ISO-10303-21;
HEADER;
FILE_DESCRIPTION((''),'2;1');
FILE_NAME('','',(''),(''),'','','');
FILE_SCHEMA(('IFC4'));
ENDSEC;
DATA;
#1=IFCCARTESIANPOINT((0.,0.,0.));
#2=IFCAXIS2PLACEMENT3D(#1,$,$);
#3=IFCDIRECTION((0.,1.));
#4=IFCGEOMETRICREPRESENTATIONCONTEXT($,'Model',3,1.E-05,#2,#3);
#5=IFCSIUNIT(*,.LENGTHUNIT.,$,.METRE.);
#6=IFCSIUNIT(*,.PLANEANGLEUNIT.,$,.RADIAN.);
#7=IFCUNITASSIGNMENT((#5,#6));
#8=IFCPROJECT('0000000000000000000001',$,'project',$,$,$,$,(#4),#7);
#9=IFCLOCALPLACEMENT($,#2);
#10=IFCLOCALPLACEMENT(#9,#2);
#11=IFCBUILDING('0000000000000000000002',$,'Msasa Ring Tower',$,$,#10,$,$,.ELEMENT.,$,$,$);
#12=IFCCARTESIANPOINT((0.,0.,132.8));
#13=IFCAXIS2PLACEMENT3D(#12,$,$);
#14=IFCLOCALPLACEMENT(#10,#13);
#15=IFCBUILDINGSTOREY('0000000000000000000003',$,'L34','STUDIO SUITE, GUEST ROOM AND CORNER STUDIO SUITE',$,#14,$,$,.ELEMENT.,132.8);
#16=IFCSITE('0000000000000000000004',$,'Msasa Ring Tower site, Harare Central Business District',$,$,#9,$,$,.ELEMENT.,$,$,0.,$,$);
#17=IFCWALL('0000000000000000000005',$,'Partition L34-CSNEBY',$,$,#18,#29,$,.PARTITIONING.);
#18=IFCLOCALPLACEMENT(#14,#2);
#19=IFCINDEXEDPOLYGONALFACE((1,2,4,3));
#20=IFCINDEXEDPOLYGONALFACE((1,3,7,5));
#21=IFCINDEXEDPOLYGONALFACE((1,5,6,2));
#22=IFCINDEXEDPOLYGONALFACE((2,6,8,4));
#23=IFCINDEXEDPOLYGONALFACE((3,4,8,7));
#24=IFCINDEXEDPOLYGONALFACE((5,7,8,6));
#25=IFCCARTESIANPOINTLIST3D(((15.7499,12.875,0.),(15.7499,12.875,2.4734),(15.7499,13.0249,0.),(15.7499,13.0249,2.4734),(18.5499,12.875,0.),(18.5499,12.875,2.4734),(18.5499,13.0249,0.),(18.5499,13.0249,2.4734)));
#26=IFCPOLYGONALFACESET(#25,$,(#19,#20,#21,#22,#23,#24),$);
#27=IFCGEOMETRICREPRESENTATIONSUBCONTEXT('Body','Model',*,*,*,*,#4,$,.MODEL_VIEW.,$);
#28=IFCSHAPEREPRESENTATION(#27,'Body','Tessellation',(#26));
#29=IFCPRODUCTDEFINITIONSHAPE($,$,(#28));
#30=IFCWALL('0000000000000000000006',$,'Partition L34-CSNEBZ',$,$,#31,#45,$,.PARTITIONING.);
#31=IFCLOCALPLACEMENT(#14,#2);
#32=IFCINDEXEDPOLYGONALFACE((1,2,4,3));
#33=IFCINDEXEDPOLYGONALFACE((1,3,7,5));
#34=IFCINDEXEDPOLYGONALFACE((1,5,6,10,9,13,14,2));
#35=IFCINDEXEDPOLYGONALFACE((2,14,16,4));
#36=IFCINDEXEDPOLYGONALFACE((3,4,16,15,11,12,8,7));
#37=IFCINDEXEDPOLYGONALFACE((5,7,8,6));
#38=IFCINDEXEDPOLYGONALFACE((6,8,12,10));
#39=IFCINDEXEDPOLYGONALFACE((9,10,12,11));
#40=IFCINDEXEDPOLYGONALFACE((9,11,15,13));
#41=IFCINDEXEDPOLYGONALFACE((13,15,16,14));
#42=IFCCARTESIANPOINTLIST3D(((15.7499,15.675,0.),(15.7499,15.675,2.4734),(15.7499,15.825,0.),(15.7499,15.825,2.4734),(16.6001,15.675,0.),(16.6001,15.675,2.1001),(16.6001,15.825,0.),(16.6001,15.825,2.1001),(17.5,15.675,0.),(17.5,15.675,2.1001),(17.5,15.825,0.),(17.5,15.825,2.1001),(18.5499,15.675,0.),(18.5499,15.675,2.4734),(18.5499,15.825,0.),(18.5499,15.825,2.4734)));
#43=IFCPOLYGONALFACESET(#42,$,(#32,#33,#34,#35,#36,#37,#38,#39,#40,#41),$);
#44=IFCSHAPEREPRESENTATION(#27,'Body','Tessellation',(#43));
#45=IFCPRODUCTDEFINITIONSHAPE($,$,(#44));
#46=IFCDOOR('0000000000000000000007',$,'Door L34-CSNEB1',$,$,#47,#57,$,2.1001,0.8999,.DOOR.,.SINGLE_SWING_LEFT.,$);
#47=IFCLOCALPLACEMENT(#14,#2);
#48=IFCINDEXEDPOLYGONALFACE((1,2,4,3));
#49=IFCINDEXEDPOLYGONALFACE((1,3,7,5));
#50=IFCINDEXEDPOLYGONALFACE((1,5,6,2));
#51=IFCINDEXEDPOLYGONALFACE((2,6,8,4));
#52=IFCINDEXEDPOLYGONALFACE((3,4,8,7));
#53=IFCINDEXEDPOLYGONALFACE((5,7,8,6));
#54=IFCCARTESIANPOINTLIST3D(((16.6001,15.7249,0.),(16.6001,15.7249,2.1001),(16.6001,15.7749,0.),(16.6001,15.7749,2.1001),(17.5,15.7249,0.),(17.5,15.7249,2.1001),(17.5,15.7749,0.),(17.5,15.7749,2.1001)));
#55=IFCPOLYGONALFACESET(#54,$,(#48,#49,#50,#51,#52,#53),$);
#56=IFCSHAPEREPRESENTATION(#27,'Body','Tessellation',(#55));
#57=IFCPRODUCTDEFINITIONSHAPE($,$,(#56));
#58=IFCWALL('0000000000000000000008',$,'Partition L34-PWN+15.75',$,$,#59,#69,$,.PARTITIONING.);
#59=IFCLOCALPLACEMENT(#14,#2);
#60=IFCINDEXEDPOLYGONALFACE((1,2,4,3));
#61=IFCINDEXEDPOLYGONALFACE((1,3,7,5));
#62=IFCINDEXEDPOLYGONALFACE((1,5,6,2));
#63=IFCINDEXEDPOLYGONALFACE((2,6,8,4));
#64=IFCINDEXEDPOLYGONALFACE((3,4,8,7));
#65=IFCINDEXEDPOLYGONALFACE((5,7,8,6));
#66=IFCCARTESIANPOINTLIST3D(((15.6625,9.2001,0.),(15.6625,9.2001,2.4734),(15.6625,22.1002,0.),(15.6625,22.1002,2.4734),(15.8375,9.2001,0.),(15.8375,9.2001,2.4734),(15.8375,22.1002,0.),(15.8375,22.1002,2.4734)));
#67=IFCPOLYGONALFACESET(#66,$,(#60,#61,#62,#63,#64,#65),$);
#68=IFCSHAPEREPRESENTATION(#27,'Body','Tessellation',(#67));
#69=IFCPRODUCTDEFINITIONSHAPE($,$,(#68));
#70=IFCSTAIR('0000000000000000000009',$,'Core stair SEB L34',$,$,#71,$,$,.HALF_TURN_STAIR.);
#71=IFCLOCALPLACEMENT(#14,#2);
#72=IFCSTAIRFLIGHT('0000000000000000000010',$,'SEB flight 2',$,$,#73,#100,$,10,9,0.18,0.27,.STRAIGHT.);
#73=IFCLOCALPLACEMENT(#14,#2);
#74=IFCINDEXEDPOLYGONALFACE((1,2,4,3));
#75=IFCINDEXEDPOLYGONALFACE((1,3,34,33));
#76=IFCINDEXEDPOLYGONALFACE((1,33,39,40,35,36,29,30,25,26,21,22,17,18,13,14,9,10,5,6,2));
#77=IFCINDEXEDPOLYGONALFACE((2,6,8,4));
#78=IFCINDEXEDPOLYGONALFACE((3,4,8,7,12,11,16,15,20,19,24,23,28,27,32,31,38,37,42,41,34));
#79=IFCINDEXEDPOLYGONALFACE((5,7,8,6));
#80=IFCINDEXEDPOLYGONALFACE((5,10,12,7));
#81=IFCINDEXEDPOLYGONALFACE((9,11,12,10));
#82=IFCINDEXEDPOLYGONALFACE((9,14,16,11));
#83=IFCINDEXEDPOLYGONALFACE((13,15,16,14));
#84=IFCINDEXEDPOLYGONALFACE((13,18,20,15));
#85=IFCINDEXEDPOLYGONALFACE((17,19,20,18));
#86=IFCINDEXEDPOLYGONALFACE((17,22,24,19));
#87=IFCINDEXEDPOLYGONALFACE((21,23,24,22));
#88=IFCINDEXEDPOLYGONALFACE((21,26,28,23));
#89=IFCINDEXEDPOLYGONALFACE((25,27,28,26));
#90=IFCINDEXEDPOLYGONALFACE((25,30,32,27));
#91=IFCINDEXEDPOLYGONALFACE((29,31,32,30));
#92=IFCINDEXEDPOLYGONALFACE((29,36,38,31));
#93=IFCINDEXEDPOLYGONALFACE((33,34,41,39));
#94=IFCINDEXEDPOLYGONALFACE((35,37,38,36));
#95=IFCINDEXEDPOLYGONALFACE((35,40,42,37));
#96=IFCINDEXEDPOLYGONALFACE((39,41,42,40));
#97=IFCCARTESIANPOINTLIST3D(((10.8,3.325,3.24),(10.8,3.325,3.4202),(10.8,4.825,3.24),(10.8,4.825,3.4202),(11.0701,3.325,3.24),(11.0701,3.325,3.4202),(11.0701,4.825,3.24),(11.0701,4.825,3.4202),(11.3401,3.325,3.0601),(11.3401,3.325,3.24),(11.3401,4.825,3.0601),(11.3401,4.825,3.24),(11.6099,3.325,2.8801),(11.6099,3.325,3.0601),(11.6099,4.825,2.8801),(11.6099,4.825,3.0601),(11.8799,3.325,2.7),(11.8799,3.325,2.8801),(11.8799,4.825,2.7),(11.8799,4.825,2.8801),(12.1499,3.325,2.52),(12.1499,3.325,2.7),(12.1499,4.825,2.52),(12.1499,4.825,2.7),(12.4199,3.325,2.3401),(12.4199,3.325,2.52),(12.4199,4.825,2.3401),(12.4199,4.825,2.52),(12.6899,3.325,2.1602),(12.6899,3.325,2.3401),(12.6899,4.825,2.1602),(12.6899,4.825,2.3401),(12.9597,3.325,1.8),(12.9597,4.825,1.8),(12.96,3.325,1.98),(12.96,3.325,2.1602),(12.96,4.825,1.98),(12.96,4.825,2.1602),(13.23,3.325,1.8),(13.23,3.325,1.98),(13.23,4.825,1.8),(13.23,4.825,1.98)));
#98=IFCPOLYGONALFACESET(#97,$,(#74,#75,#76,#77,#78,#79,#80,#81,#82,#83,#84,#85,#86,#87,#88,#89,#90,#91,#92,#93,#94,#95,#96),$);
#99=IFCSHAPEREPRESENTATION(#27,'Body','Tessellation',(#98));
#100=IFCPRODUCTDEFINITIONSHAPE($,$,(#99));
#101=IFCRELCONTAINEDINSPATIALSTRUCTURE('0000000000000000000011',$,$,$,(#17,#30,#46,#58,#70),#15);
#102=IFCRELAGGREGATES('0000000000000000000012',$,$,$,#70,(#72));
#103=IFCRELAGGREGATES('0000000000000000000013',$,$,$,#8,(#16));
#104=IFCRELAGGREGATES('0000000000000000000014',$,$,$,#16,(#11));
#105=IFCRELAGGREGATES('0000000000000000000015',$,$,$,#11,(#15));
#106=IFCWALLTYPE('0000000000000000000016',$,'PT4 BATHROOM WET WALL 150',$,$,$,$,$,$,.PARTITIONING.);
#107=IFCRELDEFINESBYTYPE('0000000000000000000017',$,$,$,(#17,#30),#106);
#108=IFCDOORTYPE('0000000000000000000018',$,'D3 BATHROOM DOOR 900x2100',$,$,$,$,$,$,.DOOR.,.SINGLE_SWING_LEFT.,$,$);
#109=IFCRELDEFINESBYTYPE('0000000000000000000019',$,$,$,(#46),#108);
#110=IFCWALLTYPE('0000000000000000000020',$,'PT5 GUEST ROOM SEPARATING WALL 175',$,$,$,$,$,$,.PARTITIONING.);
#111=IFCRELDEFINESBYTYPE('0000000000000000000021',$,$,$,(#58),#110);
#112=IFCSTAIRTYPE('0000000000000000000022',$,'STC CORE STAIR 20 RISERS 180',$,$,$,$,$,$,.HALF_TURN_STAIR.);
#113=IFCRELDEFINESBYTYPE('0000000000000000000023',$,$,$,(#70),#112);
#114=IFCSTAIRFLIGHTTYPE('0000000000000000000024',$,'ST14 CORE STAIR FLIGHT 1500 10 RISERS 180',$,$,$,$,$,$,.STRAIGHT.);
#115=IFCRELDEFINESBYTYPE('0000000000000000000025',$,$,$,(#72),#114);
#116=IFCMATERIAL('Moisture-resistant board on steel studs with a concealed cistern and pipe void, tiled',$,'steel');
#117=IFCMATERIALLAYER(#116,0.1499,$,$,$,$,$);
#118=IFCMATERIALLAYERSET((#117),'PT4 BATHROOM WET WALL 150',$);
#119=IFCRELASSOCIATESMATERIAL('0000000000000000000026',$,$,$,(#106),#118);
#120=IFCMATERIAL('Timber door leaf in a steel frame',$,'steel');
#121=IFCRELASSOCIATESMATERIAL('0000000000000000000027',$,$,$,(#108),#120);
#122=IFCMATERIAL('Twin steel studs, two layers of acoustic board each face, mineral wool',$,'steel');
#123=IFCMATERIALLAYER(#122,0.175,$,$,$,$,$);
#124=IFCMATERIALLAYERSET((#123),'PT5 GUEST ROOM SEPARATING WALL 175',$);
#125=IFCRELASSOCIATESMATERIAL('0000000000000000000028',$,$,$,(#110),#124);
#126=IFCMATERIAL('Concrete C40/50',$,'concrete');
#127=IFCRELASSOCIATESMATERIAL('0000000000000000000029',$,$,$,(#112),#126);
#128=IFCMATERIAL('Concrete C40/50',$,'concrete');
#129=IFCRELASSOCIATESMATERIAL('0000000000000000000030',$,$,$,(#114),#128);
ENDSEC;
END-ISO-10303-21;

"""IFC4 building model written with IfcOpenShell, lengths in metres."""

from ifc_helpers import new_model, si_unit, direction, frame, frame_2d, origin, place, context, subcontext, project, spatial, polyline, rectangle, outline, extrude, material, layer, layer_set, type_object, element, fill, aggregate, save


model = new_model("IFC4")

# Units and contexts
model_context = context("Model", 3, precision=1e-05, world=origin(), true_north=direction((0.0, 1.0)))
body_context = subcontext(model_context, "Body", "Model", "MODEL_VIEW")
ifc_project = project(units=[si_unit("LENGTHUNIT", "METRE"), si_unit("PLANEANGLEUNIT", "RADIAN")], contexts=[model_context])

# Site, building, storey
site_placement = place(None, origin())
site = spatial("IfcSite", under=ifc_project, at=site_placement, Name="Msasa Ring Tower site, Harare Central Business District", CompositionType="ELEMENT", RefElevation=0.0)
building_placement = place(site_placement, origin())
building = spatial("IfcBuilding", under=site, at=building_placement, Name="Msasa Ring Tower", CompositionType="ELEMENT")
storey_placement = place(building_placement, frame((0.0, 0.0, 132.8)))
storey = spatial("IfcBuildingStorey", under=building, at=storey_placement, Name="L34", Description="STUDIO SUITE, GUEST ROOM AND CORNER STUDIO SUITE", CompositionType="ELEMENT", Elevation=132.8)

# Shared definitions
ifc_material_1 = material(Name="Moisture-resistant board on steel studs with a concealed cistern and pipe void, tiled", Category="steel")
ifc_layer_1 = layer(ifc_material_1, 0.1499)
ifc_layer_set_1 = layer_set([ifc_layer_1], Name="PT4 BATHROOM WET WALL 150")
wall_type_1 = type_object("IfcWallType", Name="PT4 BATHROOM WET WALL 150", PredefinedType="PARTITIONING", material=ifc_layer_set_1)
ifc_material_2 = material(Name="Timber door leaf in a steel frame", Category="steel")
door_type = type_object("IfcDoorType", Name="D3 BATHROOM DOOR 900x2100", OperationType="SINGLE_SWING_LEFT", PredefinedType="DOOR", material=ifc_material_2)

# Wall
wall_1_placement = place(storey_placement, frame((15.75, 12.95, 0.0), z_axis=(0.0, 0.0, 1.0), x_axis=(1.0, 0.0, 0.0)))
element("IfcWall", 1, at=wall_1_placement, inside=storey, type_object=wall_type_1, Name="Partition L34-CSNEBY", PredefinedType="PARTITIONING", context=body_context, shape_type="SweptSolid", body=[
    extrude(rectangle(XDim=2.8, YDim=0.1499, at=frame_2d((1.3999, 0.0))), origin(), (0.0, 0.0, 1.0), 2.4734),
])

# Wall, opening, door
wall_2_placement = place(storey_placement, frame((15.75, 15.75, 0.0), z_axis=(0.0, 0.0, 1.0), x_axis=(1.0, 0.0, 0.0)))
wall_2 = element("IfcWall", 2, at=wall_2_placement, inside=storey, type_object=wall_type_1, Name="Partition L34-CSNEBZ", PredefinedType="PARTITIONING", context=body_context, shape_type="SweptSolid", body=[
    extrude(rectangle(XDim=2.8, YDim=0.1499, at=frame_2d((1.3999, 0.0))), origin(), (0.0, 0.0, 1.0), 2.4734),
])
opening_1_placement = place(wall_2_placement, frame((0.8501, 0.0, 0.0)))
opening_1 = element("IfcOpeningElement", 3, at=opening_1_placement, cuts=wall_2, PredefinedType="OPENING", context=body_context, shape_type="SweptSolid", body=[
    extrude(rectangle(XDim=0.8999, YDim=2.1001, at=frame_2d((0.45, 1.05))), frame((0.0, 0.085, 0.0), z_axis=(0.0, -1.0, 0.0), x_axis=(1.0, 0.0, 0.0)), (0.0, 0.0, 1.0), 0.1699),
])
door_1_placement = place(opening_1_placement, origin())
door_1 = element("IfcDoor", 4, at=door_1_placement, inside=storey, type_object=door_type, Name="Door L34-CSNEB1", OperationType="SINGLE_SWING_LEFT", OverallHeight=2.1001, OverallWidth=0.8999, PredefinedType="DOOR", context=body_context, shape_type="SweptSolid", body=[
    extrude(rectangle(XDim=0.8999, YDim=2.1001, at=frame_2d((0.45, 1.05))), frame((0.0, 0.0249, 0.0), z_axis=(0.0, -1.0, 0.0), x_axis=(1.0, 0.0, 0.0)), (0.0, 0.0, 1.0), 0.05),
])
fill(opening_1, door_1)

# Wall
ifc_material_3 = material(Name="Twin steel studs, two layers of acoustic board each face, mineral wool", Category="steel")
ifc_layer_2 = layer(ifc_material_3, 0.175)
ifc_layer_set_2 = layer_set([ifc_layer_2], Name="PT5 GUEST ROOM SEPARATING WALL 175")
wall_type_2 = type_object("IfcWallType", Name="PT5 GUEST ROOM SEPARATING WALL 175", PredefinedType="PARTITIONING", material=ifc_layer_set_2)
wall_3_placement = place(storey_placement, frame((15.75, 9.2, 0.0), z_axis=(0.0, 0.0, 1.0), x_axis=(0.0, 1.0, 0.0)))
element("IfcWall", 5, at=wall_3_placement, inside=storey, type_object=wall_type_2, Name="Partition L34-PWN+15.75", PredefinedType="PARTITIONING", context=body_context, shape_type="SweptSolid", body=[
    extrude(rectangle(XDim=12.9001, YDim=0.175, at=frame_2d((6.4502, 0.0))), origin(), (0.0, 0.0, 1.0), 2.4734),
])

# Stair, stair flight
ifc_material_4 = material(Name="Concrete C40/50", Category="concrete")
stair_type = type_object("IfcStairType", Name="STC CORE STAIR 20 RISERS 180", PredefinedType="HALF_TURN_STAIR", material=ifc_material_4)
stair_placement = place(storey_placement, origin())
stair = element("IfcStair", 6, at=stair_placement, inside=storey, type_object=stair_type, Name="Core stair SEB L34", PredefinedType="HALF_TURN_STAIR")
ifc_material_5 = material(Name="Concrete C40/50", Category="concrete")
stair_flight_type = type_object("IfcStairFlightType", Name="ST14 CORE STAIR FLIGHT 1500 10 RISERS 180", PredefinedType="STRAIGHT", material=ifc_material_5)
stair_flight_placement = place(storey_placement, frame((13.23, 4.075, 1.8), z_axis=(0.0, 0.0, 1.0), x_axis=(-1.0, 0.0, 0.0)))
stair_flight = element("IfcStairFlight", 7, at=stair_flight_placement, type_object=stair_flight_type, Name="SEB flight 2", NumberOfRisers=10, NumberOfTreads=9, PredefinedType="STRAIGHT", RiserHeight=0.18, TreadLength=0.27, context=body_context, shape_type="SweptSolid", body=[
    extrude(outline(polyline([(0.0, 0.0), (0.0, 0.1799), (0.27, 0.1799), (0.27, 0.3601), (0.54, 0.3601), (0.54, 0.54), (0.8101, 0.54), (0.8101, 0.72), (1.0801, 0.72), (1.0801, 0.8999), (1.3501, 0.8999), (1.3501, 1.0801), (1.6201, 1.0801), (1.6201, 1.26), (1.8899, 1.26), (1.8899, 1.4399), (2.1599, 1.4399), (2.1599, 1.6201), (2.4299, 1.6201), (2.4299, 1.8), (2.4299, 1.4399), (0.2703, 0.0), (0.0, 0.0)])), frame((0.0, 0.75, 0.0), z_axis=(0.0, -1.0, 0.0), x_axis=(1.0, 0.0, 0.0)), (0.0, 0.0, 1.0), 1.5),
])
aggregate(stair, [stair_flight])

save(model, "model.ifc")
